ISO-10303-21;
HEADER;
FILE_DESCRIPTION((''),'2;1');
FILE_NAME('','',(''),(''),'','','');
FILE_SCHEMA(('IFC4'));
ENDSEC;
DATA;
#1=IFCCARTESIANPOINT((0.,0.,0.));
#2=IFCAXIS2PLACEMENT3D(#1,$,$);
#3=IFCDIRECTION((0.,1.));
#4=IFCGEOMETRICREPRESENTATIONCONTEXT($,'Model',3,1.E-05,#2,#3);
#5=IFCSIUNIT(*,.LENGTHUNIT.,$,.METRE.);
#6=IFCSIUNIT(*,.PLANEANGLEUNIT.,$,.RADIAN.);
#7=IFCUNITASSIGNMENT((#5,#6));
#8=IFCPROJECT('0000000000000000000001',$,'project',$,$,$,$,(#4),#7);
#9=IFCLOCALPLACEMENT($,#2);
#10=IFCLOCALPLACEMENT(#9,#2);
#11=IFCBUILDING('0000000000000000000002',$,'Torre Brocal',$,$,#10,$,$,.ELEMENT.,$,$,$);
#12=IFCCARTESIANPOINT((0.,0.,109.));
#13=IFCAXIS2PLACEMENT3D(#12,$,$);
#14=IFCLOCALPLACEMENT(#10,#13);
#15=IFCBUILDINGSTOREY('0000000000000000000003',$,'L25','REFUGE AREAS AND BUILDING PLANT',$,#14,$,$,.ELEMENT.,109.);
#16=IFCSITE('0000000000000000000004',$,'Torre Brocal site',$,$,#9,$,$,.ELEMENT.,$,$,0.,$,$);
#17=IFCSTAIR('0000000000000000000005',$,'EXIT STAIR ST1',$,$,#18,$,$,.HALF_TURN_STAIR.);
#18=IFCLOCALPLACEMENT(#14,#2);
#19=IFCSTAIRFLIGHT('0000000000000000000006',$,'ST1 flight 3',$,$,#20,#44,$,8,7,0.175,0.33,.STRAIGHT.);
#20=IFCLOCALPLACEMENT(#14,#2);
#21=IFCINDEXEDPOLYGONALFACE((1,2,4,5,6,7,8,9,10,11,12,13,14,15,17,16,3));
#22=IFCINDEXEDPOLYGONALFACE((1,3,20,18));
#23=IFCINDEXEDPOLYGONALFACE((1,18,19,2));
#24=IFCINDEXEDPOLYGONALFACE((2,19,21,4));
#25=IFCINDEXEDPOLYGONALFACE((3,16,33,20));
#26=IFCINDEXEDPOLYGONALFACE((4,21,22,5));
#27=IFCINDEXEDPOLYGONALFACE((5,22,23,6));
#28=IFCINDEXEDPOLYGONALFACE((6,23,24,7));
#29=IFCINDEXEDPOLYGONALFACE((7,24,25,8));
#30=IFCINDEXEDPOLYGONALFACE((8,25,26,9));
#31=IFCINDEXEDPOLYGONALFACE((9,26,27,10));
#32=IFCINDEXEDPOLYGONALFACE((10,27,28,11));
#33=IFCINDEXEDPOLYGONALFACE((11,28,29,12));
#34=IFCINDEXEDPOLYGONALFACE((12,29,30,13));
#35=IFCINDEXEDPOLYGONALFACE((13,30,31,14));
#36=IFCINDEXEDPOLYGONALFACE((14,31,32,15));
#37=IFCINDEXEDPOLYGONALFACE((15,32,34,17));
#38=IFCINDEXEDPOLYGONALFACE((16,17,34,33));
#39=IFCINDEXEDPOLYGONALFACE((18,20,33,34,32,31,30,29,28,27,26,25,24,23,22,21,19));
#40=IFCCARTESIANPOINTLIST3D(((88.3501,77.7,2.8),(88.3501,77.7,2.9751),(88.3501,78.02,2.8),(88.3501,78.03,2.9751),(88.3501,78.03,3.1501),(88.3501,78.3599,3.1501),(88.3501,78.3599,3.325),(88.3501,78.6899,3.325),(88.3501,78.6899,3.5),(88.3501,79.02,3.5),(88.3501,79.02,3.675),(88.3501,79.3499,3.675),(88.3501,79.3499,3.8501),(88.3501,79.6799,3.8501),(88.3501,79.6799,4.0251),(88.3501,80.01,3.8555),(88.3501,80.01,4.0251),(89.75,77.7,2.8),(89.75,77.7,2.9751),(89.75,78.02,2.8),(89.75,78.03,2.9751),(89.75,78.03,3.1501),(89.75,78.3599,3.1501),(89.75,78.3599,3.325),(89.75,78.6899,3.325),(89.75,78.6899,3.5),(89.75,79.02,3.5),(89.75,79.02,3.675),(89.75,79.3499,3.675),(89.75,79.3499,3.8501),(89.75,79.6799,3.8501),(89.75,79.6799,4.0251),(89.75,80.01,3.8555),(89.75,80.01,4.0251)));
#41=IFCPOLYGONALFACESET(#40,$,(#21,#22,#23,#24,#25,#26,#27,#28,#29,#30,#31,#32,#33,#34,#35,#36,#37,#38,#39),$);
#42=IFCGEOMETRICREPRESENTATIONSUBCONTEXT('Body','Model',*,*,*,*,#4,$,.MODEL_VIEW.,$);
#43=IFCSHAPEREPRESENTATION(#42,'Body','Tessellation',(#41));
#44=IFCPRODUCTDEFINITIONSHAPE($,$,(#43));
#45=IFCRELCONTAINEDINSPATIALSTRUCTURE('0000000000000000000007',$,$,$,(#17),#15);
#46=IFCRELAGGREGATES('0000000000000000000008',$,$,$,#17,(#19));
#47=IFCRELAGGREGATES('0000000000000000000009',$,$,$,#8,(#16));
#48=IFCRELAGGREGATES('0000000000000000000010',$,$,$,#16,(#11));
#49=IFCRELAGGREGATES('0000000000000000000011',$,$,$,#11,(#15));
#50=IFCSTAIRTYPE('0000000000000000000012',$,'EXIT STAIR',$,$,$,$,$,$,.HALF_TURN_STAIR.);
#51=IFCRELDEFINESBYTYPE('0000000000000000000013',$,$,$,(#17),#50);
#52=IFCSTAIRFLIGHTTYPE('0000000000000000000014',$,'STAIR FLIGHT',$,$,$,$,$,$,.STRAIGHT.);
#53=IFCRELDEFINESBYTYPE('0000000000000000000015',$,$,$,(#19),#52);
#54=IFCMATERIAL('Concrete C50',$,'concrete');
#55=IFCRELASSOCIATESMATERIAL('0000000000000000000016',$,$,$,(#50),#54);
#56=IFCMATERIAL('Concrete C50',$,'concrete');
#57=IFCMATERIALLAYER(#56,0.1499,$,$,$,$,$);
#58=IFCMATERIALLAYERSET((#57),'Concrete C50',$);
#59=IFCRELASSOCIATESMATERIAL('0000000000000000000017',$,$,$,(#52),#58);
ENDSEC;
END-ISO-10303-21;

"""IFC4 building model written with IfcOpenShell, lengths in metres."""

from ifc_helpers import new_model, si_unit, direction, frame, origin, place, context, subcontext, project, spatial, polyline, outline, extrude, material, layer, layer_set, type_object, element, aggregate, save


model = new_model("IFC4")

# Units and contexts
model_context = context("Model", 3, precision=1e-05, world=origin(), true_north=direction((0.0, 1.0)))
body_context = subcontext(model_context, "Body", "Model", "MODEL_VIEW")
ifc_project = project(units=[si_unit("LENGTHUNIT", "METRE"), si_unit("PLANEANGLEUNIT", "RADIAN")], contexts=[model_context])

# Site, building, storey
site_placement = place(None, origin())
site = spatial("IfcSite", under=ifc_project, at=site_placement, Name="Torre Brocal site", CompositionType="ELEMENT", RefElevation=0.0)
building_placement = place(site_placement, origin())
building = spatial("IfcBuilding", under=site, at=building_placement, Name="Torre Brocal", CompositionType="ELEMENT")
storey_placement = place(building_placement, frame((0.0, 0.0, 109.0)))
storey = spatial("IfcBuildingStorey", under=building, at=storey_placement, Name="L25", Description="REFUGE AREAS AND BUILDING PLANT", CompositionType="ELEMENT", Elevation=109.0)

# Stair, stair flight
ifc_material_1 = material(Name="Concrete C50", Category="concrete")
stair_type = type_object("IfcStairType", Name="EXIT STAIR", PredefinedType="HALF_TURN_STAIR", material=ifc_material_1)
stair_placement = place(storey_placement, origin())
stair = element("IfcStair", 1, at=stair_placement, inside=storey, type_object=stair_type, Name="EXIT STAIR ST1", PredefinedType="HALF_TURN_STAIR")
ifc_material_2 = material(Name="Concrete C50", Category="concrete")
ifc_layer_1 = layer(ifc_material_2, 0.1499)
ifc_layer_set_1 = layer_set([ifc_layer_1], Name="Concrete C50")
stair_flight_type = type_object("IfcStairFlightType", Name="STAIR FLIGHT", PredefinedType="STRAIGHT", material=ifc_layer_set_1)
stair_flight_1_placement = place(storey_placement, frame((89.05, 77.7, 2.8), z_axis=(0.0, 0.0, 1.0), x_axis=(0.0, 1.0, 0.0)))
stair_flight_1 = element("IfcStairFlight", 2, at=stair_flight_1_placement, type_object=stair_flight_type, Name="ST1 flight 3", NumberOfRisers=8, NumberOfTreads=7, PredefinedType="STRAIGHT", RiserHeight=0.175, TreadLength=0.33, context=body_context, shape_type="SweptSolid", body=[
    extrude(outline(polyline([(0.0, 0.0), (0.0, 0.175), (0.3301, 0.175), (0.3301, 0.3501), (0.6599, 0.3501), (0.6599, 0.5249), (0.99, 0.5249), (0.99, 0.7), (1.3201, 0.7), (1.3201, 0.875), (1.6499, 0.875), (1.6499, 1.05), (1.98, 1.05), (1.98, 1.2251), (2.3101, 1.2251), (2.3101, 1.3999), (2.3101, 1.0554), (0.3201, 0.0), (0.0, 0.0)])), frame((0.0, 0.7, 0.0), z_axis=(0.0, -1.0, 0.0), x_axis=(1.0, 0.0, 0.0)), (0.0, 0.0, 1.0), 1.3999),
])
aggregate(stair, [stair_flight_1])

save(model, "model.ifc")
